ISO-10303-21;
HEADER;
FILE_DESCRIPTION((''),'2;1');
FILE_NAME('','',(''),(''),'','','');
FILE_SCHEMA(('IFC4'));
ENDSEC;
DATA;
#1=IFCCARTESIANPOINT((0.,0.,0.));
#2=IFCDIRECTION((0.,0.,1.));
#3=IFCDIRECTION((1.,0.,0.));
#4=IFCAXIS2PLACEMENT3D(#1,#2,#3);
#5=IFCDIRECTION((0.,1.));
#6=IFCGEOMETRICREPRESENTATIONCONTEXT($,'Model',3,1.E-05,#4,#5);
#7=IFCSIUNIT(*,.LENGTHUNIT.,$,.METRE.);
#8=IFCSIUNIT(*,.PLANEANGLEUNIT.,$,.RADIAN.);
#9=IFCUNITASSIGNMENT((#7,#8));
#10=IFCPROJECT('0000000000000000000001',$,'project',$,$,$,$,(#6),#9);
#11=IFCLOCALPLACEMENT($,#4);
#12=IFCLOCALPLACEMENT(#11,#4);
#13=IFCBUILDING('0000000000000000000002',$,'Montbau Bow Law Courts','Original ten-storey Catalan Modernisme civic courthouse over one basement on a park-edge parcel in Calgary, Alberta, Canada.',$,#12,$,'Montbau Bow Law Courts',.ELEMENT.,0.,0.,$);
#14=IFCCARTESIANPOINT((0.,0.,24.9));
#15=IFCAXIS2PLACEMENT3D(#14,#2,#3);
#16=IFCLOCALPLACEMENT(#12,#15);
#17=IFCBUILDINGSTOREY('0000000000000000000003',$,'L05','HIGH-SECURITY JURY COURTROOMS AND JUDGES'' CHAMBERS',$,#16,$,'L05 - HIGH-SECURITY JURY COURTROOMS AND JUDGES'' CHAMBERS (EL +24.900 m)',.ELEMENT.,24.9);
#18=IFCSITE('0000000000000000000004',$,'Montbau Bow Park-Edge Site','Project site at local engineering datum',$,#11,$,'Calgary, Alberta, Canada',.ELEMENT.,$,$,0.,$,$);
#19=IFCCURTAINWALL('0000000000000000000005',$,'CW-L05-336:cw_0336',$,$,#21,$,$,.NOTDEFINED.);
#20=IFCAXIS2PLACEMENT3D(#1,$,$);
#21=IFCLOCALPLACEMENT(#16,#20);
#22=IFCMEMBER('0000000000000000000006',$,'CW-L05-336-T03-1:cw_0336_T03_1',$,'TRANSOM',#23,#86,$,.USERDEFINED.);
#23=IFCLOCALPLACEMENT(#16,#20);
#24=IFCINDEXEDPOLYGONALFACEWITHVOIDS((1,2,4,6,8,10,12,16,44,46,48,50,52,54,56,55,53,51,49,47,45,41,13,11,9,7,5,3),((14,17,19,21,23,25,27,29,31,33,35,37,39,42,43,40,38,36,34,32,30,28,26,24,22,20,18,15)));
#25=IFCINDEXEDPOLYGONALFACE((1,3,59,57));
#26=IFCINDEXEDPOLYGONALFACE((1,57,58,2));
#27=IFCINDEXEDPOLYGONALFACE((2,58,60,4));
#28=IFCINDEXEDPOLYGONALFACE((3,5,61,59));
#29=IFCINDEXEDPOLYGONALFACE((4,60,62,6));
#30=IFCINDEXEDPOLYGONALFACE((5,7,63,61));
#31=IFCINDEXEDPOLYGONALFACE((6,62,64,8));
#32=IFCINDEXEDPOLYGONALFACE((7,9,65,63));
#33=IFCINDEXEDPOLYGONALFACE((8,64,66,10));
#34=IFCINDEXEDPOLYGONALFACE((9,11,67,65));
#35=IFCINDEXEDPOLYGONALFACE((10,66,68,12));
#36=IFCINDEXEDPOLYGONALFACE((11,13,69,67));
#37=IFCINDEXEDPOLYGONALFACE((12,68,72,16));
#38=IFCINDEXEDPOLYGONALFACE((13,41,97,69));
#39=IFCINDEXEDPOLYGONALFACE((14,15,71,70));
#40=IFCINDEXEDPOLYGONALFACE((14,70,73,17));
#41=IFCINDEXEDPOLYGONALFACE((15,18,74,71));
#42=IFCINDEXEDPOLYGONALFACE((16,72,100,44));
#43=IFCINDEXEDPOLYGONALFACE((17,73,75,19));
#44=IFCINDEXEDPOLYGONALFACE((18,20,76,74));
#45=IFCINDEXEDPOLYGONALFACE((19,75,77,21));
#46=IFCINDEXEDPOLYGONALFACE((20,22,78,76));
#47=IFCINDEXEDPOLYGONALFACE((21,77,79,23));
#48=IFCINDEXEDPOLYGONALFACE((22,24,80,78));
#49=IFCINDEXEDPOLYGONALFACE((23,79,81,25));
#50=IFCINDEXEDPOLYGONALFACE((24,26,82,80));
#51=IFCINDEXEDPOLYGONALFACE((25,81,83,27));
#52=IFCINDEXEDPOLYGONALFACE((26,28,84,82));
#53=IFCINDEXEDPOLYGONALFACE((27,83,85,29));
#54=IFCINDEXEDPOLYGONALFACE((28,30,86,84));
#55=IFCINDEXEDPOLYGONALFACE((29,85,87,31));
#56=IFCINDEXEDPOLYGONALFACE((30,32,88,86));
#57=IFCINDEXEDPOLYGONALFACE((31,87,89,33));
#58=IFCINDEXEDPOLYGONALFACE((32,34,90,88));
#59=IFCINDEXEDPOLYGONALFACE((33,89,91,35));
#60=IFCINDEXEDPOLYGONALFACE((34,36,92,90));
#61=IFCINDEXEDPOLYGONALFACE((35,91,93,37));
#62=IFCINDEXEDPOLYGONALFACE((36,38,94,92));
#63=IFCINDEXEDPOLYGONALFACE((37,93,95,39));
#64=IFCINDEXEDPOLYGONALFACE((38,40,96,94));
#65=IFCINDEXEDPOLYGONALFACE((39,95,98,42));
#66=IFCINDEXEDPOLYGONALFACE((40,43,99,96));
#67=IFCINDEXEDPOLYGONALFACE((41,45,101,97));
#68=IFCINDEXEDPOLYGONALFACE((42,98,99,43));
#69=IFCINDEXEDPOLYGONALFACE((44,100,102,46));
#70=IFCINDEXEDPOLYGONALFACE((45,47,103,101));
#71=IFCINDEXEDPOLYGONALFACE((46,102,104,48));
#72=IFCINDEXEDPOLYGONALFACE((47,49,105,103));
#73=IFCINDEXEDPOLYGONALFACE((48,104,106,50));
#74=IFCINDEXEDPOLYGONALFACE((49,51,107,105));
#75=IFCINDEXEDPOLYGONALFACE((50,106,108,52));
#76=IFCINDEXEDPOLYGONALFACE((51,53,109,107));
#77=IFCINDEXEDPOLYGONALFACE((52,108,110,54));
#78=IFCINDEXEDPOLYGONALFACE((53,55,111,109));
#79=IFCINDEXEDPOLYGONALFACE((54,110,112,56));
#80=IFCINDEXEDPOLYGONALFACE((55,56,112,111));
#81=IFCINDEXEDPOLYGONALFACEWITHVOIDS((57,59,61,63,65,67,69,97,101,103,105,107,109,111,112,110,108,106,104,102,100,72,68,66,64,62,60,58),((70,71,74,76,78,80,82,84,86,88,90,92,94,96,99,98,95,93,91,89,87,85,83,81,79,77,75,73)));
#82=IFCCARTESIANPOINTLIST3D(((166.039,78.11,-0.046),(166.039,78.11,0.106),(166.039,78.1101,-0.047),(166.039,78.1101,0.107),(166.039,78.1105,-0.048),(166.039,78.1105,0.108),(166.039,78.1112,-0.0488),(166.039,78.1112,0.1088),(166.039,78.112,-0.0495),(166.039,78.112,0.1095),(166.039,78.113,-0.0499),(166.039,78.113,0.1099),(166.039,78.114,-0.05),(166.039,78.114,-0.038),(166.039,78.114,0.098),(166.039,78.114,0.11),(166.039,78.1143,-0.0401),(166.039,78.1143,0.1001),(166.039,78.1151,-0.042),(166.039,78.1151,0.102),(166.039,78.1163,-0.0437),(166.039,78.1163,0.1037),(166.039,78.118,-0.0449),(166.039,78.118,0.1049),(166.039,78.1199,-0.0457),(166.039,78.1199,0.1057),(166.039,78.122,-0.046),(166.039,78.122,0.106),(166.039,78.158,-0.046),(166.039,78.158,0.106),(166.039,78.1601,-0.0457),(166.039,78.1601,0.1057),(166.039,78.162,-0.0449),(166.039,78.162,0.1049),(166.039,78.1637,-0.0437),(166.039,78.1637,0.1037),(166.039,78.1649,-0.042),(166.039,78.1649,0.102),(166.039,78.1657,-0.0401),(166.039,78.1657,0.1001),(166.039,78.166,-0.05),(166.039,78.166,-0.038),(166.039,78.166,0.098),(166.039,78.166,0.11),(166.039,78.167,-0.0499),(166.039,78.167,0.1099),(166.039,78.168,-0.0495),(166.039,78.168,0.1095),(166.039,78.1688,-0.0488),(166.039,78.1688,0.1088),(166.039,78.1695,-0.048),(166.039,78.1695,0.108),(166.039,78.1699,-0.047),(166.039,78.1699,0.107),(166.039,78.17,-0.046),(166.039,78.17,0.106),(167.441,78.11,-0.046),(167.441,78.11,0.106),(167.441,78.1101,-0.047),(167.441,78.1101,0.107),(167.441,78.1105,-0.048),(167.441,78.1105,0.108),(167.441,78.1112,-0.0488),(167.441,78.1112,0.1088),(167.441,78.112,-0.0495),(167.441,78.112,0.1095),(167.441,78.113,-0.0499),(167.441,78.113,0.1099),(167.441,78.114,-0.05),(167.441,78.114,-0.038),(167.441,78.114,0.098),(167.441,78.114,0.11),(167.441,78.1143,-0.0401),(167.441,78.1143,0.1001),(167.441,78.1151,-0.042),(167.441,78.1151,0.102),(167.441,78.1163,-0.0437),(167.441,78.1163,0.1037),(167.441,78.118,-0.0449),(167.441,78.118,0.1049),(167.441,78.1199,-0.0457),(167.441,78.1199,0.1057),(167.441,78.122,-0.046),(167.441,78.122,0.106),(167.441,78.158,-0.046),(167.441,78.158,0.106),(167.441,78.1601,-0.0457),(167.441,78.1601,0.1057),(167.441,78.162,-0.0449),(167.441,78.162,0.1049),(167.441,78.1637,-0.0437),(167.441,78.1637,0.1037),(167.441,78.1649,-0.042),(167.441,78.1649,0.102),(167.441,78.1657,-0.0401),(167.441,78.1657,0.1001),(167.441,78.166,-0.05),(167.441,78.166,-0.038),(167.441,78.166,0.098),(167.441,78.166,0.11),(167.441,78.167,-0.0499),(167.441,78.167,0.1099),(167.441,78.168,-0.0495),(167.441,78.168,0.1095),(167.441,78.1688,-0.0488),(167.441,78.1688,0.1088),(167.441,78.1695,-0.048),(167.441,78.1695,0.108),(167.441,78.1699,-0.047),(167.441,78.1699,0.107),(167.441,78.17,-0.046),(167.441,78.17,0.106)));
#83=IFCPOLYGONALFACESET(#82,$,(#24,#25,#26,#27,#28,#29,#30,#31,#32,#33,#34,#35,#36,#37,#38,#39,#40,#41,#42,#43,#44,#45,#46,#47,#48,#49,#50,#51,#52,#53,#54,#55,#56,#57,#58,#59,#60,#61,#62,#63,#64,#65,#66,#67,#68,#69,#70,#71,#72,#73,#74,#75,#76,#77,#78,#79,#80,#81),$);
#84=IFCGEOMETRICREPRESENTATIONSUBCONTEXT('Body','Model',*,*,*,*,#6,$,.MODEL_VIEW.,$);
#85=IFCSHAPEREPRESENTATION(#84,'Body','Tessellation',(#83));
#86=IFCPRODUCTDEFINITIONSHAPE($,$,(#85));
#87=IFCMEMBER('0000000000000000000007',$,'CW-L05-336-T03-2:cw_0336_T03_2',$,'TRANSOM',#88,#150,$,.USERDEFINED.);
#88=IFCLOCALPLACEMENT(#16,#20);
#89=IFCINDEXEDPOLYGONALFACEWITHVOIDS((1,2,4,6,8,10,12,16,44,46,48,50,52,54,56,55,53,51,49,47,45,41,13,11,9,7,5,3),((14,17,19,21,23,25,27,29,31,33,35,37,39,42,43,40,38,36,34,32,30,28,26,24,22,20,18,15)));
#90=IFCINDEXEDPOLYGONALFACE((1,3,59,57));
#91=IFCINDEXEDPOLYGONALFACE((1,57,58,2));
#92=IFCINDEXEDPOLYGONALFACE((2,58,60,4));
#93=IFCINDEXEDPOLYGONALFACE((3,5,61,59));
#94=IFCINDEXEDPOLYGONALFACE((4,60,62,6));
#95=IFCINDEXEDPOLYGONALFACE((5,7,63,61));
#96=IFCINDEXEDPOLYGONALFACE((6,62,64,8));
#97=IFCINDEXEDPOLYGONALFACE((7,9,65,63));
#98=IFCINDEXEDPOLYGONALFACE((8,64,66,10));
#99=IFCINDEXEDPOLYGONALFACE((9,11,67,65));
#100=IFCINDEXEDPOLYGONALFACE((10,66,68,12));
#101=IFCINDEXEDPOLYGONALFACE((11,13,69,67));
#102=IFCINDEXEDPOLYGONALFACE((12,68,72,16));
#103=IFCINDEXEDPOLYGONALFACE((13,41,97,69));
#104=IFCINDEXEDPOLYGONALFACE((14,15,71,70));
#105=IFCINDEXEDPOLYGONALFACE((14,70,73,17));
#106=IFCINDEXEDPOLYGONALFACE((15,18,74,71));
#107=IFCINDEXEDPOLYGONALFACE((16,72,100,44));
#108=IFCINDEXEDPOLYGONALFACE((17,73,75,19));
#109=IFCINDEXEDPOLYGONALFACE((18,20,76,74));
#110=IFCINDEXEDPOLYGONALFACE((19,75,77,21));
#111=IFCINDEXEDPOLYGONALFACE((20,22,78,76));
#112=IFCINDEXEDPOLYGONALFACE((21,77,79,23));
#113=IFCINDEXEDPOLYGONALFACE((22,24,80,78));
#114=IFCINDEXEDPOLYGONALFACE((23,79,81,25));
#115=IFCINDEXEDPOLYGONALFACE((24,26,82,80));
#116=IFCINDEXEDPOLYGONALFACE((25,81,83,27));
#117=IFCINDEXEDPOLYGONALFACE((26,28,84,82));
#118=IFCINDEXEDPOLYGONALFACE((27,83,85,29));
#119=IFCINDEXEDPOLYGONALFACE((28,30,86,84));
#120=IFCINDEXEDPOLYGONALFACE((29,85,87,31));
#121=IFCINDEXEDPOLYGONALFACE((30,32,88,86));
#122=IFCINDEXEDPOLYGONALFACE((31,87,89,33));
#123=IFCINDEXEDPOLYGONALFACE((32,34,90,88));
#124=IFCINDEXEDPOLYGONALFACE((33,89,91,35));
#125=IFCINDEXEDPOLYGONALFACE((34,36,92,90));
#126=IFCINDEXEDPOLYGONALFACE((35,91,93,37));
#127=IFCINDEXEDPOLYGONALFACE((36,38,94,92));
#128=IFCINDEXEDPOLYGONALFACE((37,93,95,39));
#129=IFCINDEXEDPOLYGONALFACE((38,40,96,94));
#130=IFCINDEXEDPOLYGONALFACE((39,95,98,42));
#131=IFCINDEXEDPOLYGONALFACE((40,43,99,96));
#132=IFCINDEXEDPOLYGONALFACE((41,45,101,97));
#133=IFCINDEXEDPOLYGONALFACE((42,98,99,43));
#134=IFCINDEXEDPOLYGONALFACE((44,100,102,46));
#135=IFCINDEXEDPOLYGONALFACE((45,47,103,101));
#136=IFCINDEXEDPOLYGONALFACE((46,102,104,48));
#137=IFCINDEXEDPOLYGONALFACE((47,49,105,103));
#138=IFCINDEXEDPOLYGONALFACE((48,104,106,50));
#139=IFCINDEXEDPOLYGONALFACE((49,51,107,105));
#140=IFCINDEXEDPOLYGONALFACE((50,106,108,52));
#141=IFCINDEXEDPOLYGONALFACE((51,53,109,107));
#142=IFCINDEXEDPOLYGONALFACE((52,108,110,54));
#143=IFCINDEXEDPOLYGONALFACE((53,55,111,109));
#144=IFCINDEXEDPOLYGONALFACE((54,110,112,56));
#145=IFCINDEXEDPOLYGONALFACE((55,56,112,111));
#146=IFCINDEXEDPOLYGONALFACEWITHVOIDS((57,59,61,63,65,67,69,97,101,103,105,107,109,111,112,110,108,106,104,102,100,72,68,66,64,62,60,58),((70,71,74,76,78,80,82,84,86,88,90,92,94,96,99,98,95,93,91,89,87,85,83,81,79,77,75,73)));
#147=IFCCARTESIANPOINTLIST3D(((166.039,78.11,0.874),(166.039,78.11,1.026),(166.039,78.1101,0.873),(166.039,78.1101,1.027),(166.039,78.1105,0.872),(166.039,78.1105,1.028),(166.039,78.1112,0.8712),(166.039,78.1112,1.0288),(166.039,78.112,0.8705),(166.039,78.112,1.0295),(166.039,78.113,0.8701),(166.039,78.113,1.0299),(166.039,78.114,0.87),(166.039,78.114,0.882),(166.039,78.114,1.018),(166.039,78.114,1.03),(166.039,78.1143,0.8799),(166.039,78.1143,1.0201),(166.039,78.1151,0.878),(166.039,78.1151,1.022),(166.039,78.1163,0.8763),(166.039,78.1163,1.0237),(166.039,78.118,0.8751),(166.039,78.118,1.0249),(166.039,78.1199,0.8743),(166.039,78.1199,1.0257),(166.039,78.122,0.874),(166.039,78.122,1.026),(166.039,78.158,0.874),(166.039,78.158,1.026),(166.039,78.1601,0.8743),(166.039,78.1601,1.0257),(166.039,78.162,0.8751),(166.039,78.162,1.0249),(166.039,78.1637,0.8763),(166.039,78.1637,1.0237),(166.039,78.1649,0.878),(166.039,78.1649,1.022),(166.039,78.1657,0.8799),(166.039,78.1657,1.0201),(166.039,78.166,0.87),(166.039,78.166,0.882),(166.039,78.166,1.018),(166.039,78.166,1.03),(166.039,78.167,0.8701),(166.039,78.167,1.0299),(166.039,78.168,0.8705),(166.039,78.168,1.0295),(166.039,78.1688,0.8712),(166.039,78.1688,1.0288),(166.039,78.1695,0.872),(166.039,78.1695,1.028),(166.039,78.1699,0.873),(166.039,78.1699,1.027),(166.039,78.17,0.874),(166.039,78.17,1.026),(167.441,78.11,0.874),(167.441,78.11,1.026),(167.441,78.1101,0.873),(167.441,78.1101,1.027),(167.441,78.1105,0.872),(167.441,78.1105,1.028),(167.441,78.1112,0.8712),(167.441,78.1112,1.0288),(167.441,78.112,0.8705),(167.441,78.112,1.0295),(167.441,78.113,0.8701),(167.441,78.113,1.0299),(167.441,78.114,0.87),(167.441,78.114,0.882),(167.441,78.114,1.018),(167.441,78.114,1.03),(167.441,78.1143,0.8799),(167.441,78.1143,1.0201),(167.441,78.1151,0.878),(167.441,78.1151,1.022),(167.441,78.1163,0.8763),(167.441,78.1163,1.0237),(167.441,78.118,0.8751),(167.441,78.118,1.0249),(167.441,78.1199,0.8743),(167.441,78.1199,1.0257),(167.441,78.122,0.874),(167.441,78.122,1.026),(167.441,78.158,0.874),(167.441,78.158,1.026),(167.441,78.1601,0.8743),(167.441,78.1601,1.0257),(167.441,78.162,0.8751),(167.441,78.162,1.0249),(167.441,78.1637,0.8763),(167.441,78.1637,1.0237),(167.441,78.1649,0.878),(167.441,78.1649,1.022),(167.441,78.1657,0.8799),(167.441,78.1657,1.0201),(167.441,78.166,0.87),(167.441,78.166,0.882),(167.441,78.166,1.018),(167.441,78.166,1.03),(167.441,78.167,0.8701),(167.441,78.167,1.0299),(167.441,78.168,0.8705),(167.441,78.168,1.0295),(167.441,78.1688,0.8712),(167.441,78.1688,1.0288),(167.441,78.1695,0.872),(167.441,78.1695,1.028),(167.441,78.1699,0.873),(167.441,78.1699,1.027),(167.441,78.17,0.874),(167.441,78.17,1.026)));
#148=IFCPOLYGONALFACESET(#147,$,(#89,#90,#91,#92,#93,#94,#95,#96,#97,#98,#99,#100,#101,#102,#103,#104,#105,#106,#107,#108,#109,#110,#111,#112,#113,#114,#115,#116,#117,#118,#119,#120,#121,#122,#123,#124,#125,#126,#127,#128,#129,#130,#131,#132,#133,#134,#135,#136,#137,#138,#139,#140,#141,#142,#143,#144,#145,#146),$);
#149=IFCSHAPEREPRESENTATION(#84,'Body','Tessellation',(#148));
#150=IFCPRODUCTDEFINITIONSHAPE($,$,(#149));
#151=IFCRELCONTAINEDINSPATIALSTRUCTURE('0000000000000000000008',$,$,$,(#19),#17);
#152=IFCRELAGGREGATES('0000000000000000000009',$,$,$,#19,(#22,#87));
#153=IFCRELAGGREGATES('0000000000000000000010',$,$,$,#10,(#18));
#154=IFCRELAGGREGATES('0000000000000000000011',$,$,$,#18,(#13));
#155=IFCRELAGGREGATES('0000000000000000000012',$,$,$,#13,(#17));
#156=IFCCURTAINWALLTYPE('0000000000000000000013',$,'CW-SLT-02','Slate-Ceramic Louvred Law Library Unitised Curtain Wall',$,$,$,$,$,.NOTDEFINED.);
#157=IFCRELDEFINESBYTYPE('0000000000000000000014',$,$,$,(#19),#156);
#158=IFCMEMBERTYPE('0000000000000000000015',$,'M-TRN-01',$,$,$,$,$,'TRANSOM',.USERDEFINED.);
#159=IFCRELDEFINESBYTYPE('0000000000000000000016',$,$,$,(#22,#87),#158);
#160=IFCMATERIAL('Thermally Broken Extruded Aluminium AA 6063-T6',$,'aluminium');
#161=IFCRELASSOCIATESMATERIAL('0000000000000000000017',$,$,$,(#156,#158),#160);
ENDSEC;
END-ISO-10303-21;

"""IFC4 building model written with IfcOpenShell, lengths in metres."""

from ifc_helpers import new_model, si_unit, direction, frame, origin_with_axes, origin_2d_with_axis, place, context, subcontext, project, spatial, hollow_rectangle, extrude, material, material_profile, profile_set, type_object, element, aggregate, save


model = new_model("IFC4")

# Units and contexts
model_context = context("Model", 3, precision=1e-05, world=origin_with_axes(), true_north=direction((0.0, 1.0)))
body_context = subcontext(model_context, "Body", "Model", "MODEL_VIEW")
ifc_project = project(units=[si_unit("LENGTHUNIT", "METRE"), si_unit("PLANEANGLEUNIT", "RADIAN")], contexts=[model_context])

# Site, building, storey
site_placement = place(None, origin_with_axes())
site = spatial("IfcSite", under=ifc_project, at=site_placement, Name="Montbau Bow Park-Edge Site", Description="Project site at local engineering datum", LongName="Calgary, Alberta, Canada", CompositionType="ELEMENT", RefElevation=0.0)
building_placement = place(site_placement, origin_with_axes())
building = spatial("IfcBuilding", under=site, at=building_placement, Name="Montbau Bow Law Courts", Description="Original ten-storey Catalan Modernisme civic courthouse over one basement on a park-edge parcel in Calgary, Alberta, Canada.", LongName="Montbau Bow Law Courts", CompositionType="ELEMENT", ElevationOfRefHeight=0.0, ElevationOfTerrain=0.0)
storey_placement = place(building_placement, frame((0.0, 0.0, 24.9), z_axis=(0.0, 0.0, 1.0), x_axis=(1.0, 0.0, 0.0)))
storey = spatial("IfcBuildingStorey", under=building, at=storey_placement, Name="L05", Description="HIGH-SECURITY JURY COURTROOMS AND JUDGES' CHAMBERS", LongName="L05 - HIGH-SECURITY JURY COURTROOMS AND JUDGES' CHAMBERS (EL +24.900 m)", CompositionType="ELEMENT", Elevation=24.9)

# Curtain wall, members
ifc_material_1 = material(Name="Thermally Broken Extruded Aluminium AA 6063-T6", Category="aluminium")
curtain_wall_type = type_object("IfcCurtainWallType", Name="CW-SLT-02", Description="Slate-Ceramic Louvred Law Library Unitised Curtain Wall", PredefinedType="NOTDEFINED", material=ifc_material_1)
curtain_wall_placement = place(None, frame((163.04, 78.14, 24.9), z_axis=(0.0, 0.0, 1.0), x_axis=(1.0, 0.0, 0.0)))
curtain_wall = element("IfcCurtainWall", 1, at=curtain_wall_placement, inside=storey, type_object=curtain_wall_type, Name="CW-L05-336:cw_0336", PredefinedType="NOTDEFINED")
ifc_material_profile_1 = material_profile(ifc_material_1, hollow_rectangle(XDim=0.06, YDim=0.16, WallThickness=0.004, InnerFilletRadius=0.008, OuterFilletRadius=0.004, at=origin_2d_with_axis()), Name="CWT-160X60", Category="Main", Priority=0)
ifc_profile_set_1 = profile_set([ifc_material_profile_1], Name="Thermally Broken Extruded Aluminium AA 6063-T6")
member_type_1 = type_object("IfcMemberType", Name="M-TRN-01", ElementType="TRANSOM", PredefinedType="USERDEFINED", material=ifc_profile_set_1)
member_1_placement = place(None, frame((166.039, 78.14, 24.93), z_axis=(1.0, 0.0, 0.0), x_axis=(0.0, 1.0, 0.0)))
member_1 = element("IfcMember", 2, at=member_1_placement, type_object=member_type_1, Name="CW-L05-336-T03-1:cw_0336_T03_1", ObjectType="TRANSOM", PredefinedType="USERDEFINED", context=body_context, shape_type="SweptSolid", body=[
    extrude(hollow_rectangle(XDim=0.06, YDim=0.16, WallThickness=0.004, InnerFilletRadius=0.008, OuterFilletRadius=0.004, at=origin_2d_with_axis()), origin_with_axes(), (0.0, 0.0, 1.0), 1.402),
])
member_2_placement = place(None, frame((166.039, 78.14, 25.85), z_axis=(1.0, 0.0, 0.0), x_axis=(0.0, 1.0, 0.0)))
member_2 = element("IfcMember", 3, at=member_2_placement, type_object=member_type_1, Name="CW-L05-336-T03-2:cw_0336_T03_2", ObjectType="TRANSOM", PredefinedType="USERDEFINED", context=body_context, shape_type="SweptSolid", body=[
    extrude(hollow_rectangle(XDim=0.06, YDim=0.16, WallThickness=0.004, InnerFilletRadius=0.008, OuterFilletRadius=0.004, at=origin_2d_with_axis()), origin_with_axes(), (0.0, 0.0, 1.0), 1.402),
])
aggregate(curtain_wall, [member_1, member_2])

save(model, "model.ifc")
